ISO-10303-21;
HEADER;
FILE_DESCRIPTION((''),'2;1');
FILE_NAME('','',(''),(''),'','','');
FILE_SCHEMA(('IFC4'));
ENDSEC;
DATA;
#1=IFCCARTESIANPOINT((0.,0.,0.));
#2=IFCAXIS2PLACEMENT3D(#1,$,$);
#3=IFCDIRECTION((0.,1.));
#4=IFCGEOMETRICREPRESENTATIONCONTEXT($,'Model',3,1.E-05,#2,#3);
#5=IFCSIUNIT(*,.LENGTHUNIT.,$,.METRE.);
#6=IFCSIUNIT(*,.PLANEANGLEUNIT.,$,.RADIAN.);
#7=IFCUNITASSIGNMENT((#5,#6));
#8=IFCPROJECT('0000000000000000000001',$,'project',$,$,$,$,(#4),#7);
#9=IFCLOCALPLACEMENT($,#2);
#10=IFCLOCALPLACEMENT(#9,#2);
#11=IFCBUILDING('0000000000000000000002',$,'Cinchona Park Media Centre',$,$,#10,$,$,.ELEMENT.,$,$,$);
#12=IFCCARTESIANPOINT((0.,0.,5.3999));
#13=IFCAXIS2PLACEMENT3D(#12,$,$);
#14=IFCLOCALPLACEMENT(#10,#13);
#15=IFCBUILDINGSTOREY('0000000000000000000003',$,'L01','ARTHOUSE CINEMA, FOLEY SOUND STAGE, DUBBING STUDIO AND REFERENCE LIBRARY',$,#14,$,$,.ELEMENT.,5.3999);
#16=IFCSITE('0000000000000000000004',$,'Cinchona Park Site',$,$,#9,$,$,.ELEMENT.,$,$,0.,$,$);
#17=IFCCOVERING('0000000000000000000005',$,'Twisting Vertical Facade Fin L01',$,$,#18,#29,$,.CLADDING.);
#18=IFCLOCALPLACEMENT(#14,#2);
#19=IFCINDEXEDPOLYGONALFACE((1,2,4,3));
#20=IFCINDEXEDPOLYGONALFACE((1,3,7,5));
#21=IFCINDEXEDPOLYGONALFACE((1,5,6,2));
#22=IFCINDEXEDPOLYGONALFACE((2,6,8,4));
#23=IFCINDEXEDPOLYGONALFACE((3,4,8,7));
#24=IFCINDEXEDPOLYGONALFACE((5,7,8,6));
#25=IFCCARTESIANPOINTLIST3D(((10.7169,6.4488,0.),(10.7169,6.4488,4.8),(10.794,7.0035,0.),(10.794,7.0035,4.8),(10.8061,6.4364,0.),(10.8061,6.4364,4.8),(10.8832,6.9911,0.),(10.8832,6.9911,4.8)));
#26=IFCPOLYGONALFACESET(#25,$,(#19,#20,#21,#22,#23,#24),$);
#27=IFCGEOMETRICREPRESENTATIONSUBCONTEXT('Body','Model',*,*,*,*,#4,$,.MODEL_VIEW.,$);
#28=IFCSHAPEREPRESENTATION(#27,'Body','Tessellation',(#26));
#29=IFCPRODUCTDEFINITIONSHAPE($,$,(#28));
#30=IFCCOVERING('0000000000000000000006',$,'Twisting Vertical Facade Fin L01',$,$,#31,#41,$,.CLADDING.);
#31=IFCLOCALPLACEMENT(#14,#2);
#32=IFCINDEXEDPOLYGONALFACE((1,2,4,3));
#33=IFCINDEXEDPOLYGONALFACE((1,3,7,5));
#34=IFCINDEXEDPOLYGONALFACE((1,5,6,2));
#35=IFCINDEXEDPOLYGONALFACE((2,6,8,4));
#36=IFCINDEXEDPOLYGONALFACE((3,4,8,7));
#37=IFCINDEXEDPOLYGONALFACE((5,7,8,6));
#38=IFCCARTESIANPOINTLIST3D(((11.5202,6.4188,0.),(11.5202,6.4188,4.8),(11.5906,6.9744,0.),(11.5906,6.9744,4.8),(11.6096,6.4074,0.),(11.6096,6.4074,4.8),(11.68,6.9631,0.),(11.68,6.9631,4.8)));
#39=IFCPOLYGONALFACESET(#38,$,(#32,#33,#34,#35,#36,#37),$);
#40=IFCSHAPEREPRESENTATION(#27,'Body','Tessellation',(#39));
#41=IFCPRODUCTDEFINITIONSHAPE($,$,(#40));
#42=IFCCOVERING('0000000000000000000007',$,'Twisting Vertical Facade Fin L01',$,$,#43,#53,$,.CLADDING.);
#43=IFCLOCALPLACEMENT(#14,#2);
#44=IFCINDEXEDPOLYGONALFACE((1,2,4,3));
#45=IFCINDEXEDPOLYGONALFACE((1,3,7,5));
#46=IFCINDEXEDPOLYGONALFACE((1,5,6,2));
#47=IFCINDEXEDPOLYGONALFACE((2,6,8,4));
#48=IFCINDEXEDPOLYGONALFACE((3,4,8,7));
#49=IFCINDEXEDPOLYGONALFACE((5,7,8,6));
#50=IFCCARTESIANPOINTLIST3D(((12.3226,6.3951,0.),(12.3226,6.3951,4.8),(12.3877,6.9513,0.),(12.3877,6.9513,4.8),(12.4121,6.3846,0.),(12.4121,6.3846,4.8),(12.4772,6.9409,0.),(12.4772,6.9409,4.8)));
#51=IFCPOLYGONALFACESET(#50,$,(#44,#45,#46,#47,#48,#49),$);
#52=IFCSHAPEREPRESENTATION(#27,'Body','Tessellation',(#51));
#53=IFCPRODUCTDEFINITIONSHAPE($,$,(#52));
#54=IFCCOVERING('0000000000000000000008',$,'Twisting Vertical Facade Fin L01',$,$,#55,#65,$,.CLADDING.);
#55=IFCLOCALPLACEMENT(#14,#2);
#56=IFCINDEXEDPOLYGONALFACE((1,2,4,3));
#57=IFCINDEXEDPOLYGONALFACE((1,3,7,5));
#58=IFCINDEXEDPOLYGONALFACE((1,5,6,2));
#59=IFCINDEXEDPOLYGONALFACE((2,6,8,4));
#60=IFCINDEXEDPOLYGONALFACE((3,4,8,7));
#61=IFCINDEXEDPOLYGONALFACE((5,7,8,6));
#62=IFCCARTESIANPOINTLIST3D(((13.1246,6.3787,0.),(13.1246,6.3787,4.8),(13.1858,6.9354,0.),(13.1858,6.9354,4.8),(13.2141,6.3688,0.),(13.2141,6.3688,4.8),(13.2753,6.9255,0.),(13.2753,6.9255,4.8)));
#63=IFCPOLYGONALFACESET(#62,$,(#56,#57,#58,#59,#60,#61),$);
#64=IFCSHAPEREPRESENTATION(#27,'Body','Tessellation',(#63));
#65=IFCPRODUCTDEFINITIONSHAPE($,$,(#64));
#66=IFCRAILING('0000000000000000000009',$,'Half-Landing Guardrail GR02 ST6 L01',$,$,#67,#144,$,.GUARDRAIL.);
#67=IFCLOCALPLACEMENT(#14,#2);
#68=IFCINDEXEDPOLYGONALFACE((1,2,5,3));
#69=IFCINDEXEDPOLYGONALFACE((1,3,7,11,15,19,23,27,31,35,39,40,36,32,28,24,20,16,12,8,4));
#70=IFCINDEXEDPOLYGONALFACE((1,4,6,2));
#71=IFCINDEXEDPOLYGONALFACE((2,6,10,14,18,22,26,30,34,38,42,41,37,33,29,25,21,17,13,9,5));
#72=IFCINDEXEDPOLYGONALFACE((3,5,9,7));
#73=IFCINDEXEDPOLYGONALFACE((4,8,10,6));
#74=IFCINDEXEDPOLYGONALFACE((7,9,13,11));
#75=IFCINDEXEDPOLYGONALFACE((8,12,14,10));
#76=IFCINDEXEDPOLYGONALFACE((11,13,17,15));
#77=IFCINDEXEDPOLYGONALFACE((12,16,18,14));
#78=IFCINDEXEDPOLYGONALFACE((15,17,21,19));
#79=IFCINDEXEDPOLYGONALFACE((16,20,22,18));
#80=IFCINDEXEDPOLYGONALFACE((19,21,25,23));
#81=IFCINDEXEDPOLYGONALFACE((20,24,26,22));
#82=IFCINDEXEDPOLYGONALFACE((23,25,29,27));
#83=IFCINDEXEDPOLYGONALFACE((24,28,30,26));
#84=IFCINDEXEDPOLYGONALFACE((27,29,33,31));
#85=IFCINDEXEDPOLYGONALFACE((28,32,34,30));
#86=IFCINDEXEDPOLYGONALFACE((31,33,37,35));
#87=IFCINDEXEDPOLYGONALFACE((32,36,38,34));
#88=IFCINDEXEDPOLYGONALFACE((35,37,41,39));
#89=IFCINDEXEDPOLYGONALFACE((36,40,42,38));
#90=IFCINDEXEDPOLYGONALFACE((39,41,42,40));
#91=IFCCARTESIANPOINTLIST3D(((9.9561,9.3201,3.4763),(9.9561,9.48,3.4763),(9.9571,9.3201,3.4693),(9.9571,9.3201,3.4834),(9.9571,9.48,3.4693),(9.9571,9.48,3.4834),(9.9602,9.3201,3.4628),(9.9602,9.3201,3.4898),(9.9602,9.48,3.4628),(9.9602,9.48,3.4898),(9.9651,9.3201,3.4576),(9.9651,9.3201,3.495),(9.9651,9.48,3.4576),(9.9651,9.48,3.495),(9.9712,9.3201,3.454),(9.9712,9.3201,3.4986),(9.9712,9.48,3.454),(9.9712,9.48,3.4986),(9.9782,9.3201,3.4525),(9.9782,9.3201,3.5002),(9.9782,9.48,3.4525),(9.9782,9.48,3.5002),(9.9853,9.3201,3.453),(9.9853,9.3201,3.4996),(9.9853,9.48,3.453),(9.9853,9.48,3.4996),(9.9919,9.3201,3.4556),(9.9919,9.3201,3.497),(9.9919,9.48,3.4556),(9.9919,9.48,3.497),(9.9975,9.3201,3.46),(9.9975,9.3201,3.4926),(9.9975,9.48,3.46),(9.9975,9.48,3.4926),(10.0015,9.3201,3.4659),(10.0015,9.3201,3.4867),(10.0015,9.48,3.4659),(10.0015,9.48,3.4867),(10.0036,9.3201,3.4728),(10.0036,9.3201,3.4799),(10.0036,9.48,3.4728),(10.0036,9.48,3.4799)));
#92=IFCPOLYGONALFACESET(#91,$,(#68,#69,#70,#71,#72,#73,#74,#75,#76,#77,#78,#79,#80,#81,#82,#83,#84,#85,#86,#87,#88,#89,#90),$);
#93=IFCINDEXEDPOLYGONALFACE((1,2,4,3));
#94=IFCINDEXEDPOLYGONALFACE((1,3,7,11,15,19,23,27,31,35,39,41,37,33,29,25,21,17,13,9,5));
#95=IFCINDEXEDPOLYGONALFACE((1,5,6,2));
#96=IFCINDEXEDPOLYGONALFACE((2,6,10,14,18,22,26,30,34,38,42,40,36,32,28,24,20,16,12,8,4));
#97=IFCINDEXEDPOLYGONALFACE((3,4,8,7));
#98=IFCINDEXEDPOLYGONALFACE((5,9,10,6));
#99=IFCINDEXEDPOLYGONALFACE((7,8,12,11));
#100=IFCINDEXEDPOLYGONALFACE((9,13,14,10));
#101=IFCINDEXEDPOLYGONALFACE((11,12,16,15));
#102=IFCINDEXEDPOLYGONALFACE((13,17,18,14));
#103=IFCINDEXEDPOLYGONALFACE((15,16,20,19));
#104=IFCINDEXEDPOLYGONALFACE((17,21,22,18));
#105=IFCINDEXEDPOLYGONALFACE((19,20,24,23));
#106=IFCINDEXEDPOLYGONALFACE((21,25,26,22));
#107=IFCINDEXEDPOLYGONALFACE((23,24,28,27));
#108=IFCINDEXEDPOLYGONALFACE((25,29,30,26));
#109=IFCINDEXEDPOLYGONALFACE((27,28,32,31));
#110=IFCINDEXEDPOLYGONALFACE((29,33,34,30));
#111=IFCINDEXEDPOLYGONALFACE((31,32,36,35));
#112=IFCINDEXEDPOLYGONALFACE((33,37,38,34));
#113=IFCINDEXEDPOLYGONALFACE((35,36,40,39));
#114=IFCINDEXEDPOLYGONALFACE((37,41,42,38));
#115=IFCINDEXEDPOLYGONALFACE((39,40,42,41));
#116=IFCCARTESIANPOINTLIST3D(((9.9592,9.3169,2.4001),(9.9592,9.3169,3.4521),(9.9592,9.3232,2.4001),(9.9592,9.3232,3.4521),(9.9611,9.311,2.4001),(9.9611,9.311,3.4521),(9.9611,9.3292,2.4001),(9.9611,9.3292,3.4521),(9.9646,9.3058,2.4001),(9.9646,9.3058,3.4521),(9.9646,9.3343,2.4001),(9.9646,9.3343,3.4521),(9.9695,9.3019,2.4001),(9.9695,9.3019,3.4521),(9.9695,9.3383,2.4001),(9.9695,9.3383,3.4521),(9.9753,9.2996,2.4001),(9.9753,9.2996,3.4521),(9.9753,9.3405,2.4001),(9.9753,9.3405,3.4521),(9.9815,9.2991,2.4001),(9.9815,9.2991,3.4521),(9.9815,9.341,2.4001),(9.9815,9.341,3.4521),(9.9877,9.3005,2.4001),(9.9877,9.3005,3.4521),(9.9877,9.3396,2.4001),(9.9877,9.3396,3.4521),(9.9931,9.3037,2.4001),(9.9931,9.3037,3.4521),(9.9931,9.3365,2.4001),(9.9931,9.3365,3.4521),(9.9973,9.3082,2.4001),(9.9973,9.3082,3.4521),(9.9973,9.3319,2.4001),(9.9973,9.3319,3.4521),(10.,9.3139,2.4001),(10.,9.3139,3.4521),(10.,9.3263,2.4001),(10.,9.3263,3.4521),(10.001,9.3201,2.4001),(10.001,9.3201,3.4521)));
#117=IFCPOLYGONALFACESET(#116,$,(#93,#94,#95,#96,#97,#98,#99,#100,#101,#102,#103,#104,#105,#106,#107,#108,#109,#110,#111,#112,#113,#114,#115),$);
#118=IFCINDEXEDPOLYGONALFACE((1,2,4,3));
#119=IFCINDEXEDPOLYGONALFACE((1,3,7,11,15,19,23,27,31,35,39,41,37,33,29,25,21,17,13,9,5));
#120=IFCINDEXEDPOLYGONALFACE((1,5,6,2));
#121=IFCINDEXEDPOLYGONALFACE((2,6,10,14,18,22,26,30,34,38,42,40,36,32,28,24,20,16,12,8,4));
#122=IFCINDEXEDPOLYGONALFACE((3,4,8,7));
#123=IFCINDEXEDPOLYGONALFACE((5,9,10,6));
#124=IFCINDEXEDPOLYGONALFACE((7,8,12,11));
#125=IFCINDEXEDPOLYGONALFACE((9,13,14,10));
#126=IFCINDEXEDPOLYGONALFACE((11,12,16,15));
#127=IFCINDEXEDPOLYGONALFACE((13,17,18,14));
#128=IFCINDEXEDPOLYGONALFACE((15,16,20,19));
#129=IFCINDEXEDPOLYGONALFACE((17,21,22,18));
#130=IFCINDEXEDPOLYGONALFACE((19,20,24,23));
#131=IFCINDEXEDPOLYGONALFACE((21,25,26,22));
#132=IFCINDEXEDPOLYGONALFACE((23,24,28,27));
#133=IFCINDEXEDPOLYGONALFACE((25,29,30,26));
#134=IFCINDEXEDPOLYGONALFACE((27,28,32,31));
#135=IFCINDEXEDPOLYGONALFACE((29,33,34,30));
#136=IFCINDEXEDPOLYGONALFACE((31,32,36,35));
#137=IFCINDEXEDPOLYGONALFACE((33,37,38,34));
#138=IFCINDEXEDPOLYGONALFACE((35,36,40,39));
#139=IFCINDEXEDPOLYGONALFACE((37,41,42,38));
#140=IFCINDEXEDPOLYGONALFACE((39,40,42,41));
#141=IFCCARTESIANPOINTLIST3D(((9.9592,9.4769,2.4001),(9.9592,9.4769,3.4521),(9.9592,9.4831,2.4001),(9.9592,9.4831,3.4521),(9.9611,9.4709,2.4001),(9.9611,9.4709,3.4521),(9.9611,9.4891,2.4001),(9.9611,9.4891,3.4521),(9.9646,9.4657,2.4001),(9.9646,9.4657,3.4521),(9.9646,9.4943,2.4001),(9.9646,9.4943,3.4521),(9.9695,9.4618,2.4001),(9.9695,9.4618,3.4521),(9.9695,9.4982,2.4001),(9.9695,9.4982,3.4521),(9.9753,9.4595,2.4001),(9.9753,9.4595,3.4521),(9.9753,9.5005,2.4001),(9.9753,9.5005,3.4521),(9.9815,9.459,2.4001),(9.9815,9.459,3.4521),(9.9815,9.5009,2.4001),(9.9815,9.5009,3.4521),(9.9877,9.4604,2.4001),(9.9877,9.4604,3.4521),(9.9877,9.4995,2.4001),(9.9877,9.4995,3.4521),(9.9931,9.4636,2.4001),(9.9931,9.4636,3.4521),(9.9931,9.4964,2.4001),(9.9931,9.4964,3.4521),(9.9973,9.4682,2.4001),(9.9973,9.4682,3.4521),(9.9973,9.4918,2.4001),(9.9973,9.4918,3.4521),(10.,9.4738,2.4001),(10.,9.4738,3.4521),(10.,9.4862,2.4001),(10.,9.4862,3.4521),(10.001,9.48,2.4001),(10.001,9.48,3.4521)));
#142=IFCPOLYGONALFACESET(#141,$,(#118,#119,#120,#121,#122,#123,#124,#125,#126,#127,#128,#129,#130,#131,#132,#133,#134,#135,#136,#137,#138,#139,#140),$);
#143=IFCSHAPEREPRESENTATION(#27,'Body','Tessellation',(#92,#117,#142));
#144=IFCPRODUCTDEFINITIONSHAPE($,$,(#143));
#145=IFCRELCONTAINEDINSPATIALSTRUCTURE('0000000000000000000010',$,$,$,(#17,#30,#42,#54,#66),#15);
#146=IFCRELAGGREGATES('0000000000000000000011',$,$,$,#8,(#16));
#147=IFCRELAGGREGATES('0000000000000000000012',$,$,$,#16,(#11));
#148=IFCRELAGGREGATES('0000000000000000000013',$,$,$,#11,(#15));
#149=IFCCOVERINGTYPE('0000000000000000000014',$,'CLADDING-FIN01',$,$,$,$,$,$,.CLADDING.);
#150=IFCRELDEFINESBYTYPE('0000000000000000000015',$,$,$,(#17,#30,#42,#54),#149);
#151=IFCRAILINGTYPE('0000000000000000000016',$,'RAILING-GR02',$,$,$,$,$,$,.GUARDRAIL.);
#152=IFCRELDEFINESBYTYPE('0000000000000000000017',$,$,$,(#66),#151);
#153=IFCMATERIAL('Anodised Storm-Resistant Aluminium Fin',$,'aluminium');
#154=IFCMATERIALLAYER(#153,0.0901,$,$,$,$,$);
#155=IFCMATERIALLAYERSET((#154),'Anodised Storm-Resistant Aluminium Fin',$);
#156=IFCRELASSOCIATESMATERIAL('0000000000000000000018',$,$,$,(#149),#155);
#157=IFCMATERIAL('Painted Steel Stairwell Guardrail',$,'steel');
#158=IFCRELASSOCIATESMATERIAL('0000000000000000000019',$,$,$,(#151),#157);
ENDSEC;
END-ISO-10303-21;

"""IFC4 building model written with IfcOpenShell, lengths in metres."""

from ifc_helpers import new_model, si_unit, direction, frame, origin, origin_2d, place, context, subcontext, project, spatial, rectangle, circle, extrude, material, layer, layer_set, type_object, element, save


model = new_model("IFC4")

# Units and contexts
model_context = context("Model", 3, precision=1e-05, world=origin(), true_north=direction((0.0, 1.0)))
body_context = subcontext(model_context, "Body", "Model", "MODEL_VIEW")
ifc_project = project(units=[si_unit("LENGTHUNIT", "METRE"), si_unit("PLANEANGLEUNIT", "RADIAN")], contexts=[model_context])

# Site, building, storey
site_placement = place(None, origin())
site = spatial("IfcSite", under=ifc_project, at=site_placement, Name="Cinchona Park Site", CompositionType="ELEMENT", RefElevation=0.0)
building_placement = place(site_placement, origin())
building = spatial("IfcBuilding", under=site, at=building_placement, Name="Cinchona Park Media Centre", CompositionType="ELEMENT")
storey_placement = place(building_placement, frame((0.0, 0.0, 5.3999)))
storey = spatial("IfcBuildingStorey", under=building, at=storey_placement, Name="L01", Description="ARTHOUSE CINEMA, FOLEY SOUND STAGE, DUBBING STUDIO AND REFERENCE LIBRARY", CompositionType="ELEMENT", Elevation=5.3999)

# Coverings
ifc_material_1 = material(Name="Anodised Storm-Resistant Aluminium Fin", Category="aluminium")
ifc_layer_1 = layer(ifc_material_1, 0.0901)
ifc_layer_set_1 = layer_set([ifc_layer_1], Name="Anodised Storm-Resistant Aluminium Fin")
covering_type = type_object("IfcCoveringType", Name="CLADDING-FIN01", PredefinedType="CLADDING", material=ifc_layer_set_1)
for number, where, z_axis, x_axis, name in (
    (1, (10.8, 6.72, 0.0), (0.0, 0.0, 1.0), (0.137617, 0.990485, 0.0), "Twisting Vertical Facade Fin L01"),
    (2, (11.6001, 6.6909, 0.0), (0.0, 0.0, 1.0), (0.12568, 0.992071, 0.0), "Twisting Vertical Facade Fin L01"),
    (3, (12.3999, 6.668, 0.0), (0.0, 0.0, 1.0), (0.116151, 0.993232, 0.0), "Twisting Vertical Facade Fin L01"),
    (4, (13.2, 6.6521, 0.0), (0.0, 0.0, 1.0), (0.109214, 0.994018, 0.0), "Twisting Vertical Facade Fin L01"),
):
    element("IfcCovering", number, at=place(storey_placement, frame(where, z_axis=z_axis, x_axis=x_axis)), inside=storey, type_object=covering_type, Name=name, PredefinedType="CLADDING", context=body_context, shape_type="SweptSolid", body=[
        extrude(rectangle(XDim=0.5601, YDim=0.0901, at=origin_2d()), origin(), (0.0, 0.0, 1.0), 4.8),
    ])

# Railing
ifc_material_2 = material(Name="Painted Steel Stairwell Guardrail", Category="steel")
railing_type_1 = type_object("IfcRailingType", Name="RAILING-GR02", PredefinedType="GUARDRAIL", material=ifc_material_2)
railing_1_placement = place(storey_placement, frame((9.98, 9.3201, 2.4001)))
element("IfcRailing", 5, at=railing_1_placement, inside=storey, type_object=railing_type_1, Name="Half-Landing Guardrail GR02 ST6 L01", PredefinedType="GUARDRAIL", context=body_context, shape_type="SweptSolid", body=[
    extrude(circle(Radius=0.0239, at=origin_2d()), frame((0.0, 0.0, 1.0762), z_axis=(0.0, 1.0, 0.0), x_axis=(-1.0, 0.0, 0.0)), (0.0, 0.0, 1.0), 0.1599),
    extrude(circle(Radius=0.021, at=origin_2d()), origin(), (0.0, 0.0, 1.0), 1.052),
    extrude(circle(Radius=0.021, at=origin_2d()), frame((0.0, 0.1599, 0.0)), (0.0, 0.0, 1.0), 1.052),
])

save(model, "model.ifc")
